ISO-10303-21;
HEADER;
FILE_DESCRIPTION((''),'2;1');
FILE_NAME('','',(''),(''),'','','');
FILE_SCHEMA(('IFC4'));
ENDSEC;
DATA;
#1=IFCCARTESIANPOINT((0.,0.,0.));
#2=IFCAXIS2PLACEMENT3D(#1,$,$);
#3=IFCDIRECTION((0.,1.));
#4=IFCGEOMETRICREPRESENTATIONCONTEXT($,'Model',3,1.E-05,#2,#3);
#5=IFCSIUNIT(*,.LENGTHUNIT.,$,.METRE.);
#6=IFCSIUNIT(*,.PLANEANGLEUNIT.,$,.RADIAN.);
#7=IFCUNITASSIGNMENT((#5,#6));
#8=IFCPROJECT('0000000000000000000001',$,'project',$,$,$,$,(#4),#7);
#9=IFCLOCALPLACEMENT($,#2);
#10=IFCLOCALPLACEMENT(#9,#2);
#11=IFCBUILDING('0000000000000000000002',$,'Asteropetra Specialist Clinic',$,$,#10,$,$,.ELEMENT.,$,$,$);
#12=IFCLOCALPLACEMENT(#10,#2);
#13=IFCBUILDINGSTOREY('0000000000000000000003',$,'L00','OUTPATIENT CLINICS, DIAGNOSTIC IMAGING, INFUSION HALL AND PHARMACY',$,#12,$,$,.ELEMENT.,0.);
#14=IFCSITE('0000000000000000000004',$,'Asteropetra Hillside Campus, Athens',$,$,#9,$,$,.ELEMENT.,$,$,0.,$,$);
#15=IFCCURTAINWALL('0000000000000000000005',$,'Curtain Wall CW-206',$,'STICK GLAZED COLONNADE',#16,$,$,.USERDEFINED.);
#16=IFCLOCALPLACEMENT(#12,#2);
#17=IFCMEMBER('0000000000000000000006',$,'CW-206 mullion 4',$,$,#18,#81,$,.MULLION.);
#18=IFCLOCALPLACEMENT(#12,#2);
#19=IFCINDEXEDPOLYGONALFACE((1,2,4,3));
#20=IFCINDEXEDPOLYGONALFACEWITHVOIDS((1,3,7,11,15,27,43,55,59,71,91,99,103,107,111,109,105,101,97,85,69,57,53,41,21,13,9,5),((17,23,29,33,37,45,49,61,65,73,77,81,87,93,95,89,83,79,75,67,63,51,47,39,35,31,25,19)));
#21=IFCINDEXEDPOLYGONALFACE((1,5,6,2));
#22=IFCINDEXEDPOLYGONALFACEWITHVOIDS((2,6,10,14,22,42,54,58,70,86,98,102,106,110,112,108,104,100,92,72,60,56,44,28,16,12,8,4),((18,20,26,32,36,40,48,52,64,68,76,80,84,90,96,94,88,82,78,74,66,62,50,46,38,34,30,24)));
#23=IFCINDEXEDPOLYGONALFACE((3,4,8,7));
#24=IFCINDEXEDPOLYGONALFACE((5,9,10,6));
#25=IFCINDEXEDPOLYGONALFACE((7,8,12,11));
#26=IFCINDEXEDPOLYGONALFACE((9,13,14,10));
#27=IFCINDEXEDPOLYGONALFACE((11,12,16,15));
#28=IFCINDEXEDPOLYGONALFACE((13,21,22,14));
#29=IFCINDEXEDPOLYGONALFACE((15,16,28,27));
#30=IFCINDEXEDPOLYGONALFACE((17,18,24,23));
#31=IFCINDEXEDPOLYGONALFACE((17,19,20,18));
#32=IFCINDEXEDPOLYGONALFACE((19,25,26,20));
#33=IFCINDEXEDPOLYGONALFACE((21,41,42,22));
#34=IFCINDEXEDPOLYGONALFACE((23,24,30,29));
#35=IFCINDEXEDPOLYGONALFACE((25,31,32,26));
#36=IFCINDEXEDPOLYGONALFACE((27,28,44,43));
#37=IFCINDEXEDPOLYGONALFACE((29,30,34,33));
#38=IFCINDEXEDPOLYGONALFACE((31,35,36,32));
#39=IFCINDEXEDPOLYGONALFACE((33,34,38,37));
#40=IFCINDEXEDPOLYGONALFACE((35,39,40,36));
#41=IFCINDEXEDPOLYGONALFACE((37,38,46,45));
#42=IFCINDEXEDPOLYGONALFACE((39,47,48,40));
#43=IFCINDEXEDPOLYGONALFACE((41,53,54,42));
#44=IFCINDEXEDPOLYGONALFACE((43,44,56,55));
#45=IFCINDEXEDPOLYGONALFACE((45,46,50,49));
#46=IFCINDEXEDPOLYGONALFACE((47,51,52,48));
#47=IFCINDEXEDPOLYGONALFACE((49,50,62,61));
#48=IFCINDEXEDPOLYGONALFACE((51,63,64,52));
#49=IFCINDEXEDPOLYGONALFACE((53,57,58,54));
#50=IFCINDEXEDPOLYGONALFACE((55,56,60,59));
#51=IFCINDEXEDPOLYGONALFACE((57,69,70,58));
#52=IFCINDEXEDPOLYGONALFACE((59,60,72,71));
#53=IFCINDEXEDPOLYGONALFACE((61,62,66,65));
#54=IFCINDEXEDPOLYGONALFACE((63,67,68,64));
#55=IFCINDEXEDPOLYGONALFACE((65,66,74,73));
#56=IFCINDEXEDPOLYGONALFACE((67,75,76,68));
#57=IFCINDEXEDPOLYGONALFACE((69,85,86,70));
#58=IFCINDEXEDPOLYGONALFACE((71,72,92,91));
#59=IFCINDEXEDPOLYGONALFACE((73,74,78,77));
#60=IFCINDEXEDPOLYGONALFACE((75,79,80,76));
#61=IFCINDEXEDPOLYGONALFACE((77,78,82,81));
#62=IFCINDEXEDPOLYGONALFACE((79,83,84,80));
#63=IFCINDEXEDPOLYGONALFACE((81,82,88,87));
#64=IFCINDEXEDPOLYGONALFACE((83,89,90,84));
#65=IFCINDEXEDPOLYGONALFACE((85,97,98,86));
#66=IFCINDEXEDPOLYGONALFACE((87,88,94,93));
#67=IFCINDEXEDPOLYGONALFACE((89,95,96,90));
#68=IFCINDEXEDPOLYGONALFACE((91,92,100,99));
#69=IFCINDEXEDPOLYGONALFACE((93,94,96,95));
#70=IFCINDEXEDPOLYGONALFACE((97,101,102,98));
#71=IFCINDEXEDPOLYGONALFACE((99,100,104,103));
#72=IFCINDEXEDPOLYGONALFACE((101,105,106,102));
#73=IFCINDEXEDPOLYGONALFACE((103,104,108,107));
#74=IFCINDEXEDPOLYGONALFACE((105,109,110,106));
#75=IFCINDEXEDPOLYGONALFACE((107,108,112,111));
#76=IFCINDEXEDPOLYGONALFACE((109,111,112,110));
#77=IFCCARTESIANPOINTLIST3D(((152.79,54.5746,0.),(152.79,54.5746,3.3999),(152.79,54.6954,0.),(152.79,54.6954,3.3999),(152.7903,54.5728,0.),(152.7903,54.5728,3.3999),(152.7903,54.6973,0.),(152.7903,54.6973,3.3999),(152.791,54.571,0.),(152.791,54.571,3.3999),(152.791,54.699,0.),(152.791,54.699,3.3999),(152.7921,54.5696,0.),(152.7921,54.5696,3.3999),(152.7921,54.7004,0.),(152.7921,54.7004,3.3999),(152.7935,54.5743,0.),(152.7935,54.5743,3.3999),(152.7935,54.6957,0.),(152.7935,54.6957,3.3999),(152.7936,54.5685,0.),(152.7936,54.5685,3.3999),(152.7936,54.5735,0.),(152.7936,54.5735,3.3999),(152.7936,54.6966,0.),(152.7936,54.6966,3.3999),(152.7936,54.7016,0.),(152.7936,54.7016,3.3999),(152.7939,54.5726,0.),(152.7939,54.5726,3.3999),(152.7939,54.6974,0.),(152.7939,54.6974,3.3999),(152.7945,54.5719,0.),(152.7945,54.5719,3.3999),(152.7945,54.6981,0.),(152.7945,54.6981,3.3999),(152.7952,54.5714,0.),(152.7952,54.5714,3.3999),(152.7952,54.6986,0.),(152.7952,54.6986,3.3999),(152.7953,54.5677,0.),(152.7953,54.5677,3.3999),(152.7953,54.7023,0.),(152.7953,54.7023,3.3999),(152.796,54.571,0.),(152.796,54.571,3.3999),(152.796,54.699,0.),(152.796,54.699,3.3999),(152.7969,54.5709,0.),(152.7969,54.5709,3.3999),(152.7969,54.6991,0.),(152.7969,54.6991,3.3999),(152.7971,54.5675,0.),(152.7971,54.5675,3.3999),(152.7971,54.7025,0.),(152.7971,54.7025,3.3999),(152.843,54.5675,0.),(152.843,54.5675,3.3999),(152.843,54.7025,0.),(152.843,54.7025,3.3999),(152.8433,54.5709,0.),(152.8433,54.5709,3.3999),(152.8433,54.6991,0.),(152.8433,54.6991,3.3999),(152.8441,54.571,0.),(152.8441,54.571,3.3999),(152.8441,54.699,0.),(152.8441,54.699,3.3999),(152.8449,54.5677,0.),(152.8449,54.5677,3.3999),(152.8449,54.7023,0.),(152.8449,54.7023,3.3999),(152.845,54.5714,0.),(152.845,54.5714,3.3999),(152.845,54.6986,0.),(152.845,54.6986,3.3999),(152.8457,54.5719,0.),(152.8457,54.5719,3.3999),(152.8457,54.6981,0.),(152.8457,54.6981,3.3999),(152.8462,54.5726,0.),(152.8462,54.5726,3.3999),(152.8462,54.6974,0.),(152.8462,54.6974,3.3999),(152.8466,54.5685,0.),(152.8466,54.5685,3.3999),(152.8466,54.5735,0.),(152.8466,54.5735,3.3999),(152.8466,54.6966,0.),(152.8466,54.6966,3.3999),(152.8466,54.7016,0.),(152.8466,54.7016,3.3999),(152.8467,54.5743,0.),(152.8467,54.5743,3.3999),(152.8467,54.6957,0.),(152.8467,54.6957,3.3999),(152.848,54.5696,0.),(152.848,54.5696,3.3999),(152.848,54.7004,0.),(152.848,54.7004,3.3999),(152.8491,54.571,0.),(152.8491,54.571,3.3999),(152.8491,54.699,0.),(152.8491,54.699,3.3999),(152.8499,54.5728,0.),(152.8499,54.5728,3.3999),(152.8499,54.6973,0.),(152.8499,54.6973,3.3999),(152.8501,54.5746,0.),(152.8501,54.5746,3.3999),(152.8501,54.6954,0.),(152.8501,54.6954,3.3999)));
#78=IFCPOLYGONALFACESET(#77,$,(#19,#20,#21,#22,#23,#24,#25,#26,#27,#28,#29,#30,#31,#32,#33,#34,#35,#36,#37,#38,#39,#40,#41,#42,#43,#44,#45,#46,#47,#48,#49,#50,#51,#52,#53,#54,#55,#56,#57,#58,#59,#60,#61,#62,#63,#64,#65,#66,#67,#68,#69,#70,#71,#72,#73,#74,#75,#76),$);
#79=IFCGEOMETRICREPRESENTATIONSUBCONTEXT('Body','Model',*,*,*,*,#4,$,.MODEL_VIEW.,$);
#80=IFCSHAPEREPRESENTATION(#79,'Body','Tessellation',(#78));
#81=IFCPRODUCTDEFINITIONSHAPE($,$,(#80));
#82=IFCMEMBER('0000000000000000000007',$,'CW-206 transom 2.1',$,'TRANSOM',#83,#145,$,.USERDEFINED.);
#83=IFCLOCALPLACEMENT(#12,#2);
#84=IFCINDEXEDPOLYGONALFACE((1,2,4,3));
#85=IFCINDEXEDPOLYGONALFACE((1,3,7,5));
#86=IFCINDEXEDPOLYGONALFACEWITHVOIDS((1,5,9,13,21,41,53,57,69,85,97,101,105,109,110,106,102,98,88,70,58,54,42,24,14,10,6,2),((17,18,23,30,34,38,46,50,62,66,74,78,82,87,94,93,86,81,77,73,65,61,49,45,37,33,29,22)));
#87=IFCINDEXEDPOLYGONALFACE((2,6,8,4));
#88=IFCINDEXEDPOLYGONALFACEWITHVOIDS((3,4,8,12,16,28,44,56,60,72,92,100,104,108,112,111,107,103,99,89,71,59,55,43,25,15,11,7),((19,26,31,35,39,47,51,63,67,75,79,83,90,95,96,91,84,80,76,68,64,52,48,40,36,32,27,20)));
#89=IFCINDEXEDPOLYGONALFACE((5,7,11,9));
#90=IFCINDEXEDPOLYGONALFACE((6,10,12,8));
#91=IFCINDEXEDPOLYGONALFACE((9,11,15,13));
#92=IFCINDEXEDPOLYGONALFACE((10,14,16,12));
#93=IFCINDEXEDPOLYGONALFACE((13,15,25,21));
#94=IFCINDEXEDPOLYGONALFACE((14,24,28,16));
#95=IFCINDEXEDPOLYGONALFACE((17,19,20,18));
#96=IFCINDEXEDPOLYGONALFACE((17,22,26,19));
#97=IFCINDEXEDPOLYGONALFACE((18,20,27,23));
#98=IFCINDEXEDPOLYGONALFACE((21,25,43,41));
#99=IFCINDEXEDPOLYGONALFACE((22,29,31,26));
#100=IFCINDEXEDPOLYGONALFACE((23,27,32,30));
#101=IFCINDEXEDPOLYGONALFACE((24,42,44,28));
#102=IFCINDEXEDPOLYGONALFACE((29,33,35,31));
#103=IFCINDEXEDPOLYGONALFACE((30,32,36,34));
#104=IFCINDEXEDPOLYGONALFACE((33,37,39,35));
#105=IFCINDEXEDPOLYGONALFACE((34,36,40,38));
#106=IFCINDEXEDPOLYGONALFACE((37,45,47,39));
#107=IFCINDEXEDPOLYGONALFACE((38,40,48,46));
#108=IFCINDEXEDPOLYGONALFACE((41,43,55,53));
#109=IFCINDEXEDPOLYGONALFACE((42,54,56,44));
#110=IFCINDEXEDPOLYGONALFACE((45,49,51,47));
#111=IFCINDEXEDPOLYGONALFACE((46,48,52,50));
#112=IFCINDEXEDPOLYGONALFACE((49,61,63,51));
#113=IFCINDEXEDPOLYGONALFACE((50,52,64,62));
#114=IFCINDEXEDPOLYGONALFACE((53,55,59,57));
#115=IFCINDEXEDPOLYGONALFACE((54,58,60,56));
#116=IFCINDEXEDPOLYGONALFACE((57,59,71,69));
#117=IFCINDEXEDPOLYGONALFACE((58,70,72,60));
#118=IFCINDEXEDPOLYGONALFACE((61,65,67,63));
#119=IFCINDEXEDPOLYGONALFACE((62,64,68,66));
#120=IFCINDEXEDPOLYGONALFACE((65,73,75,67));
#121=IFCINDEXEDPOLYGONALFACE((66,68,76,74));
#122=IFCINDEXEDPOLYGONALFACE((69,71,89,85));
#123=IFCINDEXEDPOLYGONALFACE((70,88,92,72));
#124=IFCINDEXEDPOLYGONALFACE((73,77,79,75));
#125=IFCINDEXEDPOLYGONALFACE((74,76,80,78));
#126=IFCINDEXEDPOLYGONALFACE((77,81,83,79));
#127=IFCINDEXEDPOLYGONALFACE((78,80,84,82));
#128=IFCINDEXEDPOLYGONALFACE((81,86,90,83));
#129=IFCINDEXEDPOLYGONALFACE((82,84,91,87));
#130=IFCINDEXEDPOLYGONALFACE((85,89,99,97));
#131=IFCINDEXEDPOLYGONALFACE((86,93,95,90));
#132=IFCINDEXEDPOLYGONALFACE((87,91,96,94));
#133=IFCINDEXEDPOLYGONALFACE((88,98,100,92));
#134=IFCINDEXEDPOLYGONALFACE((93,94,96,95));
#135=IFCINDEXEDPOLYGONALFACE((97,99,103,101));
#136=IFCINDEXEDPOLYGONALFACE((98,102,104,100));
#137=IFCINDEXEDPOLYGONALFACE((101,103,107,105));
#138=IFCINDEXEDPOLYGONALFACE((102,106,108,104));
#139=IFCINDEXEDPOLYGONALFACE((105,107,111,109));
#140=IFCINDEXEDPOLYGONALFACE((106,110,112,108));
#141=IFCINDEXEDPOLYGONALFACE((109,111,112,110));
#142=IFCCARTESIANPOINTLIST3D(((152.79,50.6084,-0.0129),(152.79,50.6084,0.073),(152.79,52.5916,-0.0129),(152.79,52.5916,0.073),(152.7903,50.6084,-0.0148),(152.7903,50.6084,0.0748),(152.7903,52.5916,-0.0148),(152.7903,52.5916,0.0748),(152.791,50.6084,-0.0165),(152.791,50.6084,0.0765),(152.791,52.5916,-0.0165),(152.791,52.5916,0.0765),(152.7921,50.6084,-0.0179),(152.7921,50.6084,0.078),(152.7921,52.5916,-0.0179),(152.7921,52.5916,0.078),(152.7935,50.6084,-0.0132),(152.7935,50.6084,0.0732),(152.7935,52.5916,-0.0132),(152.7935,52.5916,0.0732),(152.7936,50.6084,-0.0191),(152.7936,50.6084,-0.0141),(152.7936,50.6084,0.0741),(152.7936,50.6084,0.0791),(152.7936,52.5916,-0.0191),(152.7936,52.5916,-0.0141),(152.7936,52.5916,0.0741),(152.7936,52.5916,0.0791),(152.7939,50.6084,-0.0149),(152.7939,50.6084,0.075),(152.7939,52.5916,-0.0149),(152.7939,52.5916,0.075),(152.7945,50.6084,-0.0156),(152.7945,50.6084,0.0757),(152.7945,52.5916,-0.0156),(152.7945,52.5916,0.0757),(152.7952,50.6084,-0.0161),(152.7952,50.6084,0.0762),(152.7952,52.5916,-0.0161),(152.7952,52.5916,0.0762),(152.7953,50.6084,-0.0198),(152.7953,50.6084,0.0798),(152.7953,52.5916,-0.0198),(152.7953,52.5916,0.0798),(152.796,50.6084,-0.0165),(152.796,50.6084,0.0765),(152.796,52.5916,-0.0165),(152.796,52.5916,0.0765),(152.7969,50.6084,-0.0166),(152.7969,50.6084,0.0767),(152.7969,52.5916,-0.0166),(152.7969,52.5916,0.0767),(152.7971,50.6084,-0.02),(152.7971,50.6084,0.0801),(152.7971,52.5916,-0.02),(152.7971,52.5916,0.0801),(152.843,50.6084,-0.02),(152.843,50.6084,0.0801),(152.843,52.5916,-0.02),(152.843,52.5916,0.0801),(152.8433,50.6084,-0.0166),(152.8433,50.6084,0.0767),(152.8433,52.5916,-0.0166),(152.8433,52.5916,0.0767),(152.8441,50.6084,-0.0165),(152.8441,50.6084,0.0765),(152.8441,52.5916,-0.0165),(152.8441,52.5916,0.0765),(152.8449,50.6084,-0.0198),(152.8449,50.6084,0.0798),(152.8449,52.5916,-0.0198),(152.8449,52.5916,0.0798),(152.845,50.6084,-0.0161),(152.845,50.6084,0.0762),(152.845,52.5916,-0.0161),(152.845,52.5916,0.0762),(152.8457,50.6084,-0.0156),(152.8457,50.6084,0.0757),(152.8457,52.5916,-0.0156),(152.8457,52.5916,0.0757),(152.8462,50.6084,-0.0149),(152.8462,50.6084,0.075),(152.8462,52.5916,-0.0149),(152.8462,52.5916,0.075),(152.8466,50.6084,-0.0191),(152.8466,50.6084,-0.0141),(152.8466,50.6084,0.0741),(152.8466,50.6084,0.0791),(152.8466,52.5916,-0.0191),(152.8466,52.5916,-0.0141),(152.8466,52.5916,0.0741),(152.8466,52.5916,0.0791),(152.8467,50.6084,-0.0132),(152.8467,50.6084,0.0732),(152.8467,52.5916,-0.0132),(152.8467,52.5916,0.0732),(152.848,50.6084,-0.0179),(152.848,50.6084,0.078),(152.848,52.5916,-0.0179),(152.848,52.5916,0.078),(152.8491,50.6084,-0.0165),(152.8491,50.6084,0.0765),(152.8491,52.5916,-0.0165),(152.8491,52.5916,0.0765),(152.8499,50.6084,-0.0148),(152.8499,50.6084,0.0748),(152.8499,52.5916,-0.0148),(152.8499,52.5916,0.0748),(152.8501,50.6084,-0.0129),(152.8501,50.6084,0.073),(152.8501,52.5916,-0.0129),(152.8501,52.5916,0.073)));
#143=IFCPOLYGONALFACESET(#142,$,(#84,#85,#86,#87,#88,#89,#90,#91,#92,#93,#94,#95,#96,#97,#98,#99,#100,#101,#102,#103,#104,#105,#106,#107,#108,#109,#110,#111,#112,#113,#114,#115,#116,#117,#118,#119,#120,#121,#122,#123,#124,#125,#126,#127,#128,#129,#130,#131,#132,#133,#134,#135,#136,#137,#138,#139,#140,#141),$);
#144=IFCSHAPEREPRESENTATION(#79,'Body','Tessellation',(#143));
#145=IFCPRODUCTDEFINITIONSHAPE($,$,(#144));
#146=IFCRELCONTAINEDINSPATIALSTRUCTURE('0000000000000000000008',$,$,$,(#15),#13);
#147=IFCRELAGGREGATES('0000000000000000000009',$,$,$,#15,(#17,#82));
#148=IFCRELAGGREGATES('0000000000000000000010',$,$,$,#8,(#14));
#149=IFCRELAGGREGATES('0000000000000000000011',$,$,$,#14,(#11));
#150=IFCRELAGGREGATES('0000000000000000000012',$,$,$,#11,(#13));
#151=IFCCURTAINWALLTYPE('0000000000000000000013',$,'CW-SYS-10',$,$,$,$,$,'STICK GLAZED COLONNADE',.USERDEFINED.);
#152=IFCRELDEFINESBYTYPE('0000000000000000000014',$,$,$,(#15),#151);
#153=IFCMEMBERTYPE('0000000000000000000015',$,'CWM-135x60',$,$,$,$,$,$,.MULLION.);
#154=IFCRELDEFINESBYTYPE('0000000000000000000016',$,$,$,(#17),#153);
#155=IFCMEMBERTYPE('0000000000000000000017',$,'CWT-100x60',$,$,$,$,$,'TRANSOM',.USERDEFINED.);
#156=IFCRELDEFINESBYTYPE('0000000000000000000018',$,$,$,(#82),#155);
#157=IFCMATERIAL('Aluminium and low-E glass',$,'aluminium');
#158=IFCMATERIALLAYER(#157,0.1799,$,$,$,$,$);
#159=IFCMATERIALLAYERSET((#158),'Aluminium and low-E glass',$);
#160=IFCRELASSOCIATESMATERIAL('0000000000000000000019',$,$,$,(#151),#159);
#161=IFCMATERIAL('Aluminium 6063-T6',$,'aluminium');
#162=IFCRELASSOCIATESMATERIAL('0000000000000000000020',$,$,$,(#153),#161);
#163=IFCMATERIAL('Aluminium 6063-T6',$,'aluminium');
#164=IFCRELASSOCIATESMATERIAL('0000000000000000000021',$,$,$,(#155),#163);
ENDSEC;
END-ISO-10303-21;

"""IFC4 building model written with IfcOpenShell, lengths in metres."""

from ifc_helpers import new_model, si_unit, direction, frame, origin, origin_2d, place, context, subcontext, project, spatial, hollow_rectangle, extrude, material, layer, layer_set, material_profile, profile_set, type_object, element, aggregate, save


model = new_model("IFC4")

# Units and contexts
model_context = context("Model", 3, precision=1e-05, world=origin(), true_north=direction((0.0, 1.0)))
body_context = subcontext(model_context, "Body", "Model", "MODEL_VIEW")
ifc_project = project(units=[si_unit("LENGTHUNIT", "METRE"), si_unit("PLANEANGLEUNIT", "RADIAN")], contexts=[model_context])

# Site, building, storey
site_placement = place(None, origin())
site = spatial("IfcSite", under=ifc_project, at=site_placement, Name="Asteropetra Hillside Campus, Athens", CompositionType="ELEMENT", RefElevation=0.0)
building_placement = place(site_placement, origin())
building = spatial("IfcBuilding", under=site, at=building_placement, Name="Asteropetra Specialist Clinic", CompositionType="ELEMENT")
storey_placement = place(building_placement, origin())
storey = spatial("IfcBuildingStorey", under=building, at=storey_placement, Name="L00", Description="OUTPATIENT CLINICS, DIAGNOSTIC IMAGING, INFUSION HALL AND PHARMACY", CompositionType="ELEMENT", Elevation=0.0)

# Curtain wall, members
ifc_material_1 = material(Name="Aluminium and low-E glass", Category="aluminium")
ifc_layer_1 = layer(ifc_material_1, 0.1799)
ifc_layer_set_1 = layer_set([ifc_layer_1], Name="Aluminium and low-E glass")
curtain_wall_type = type_object("IfcCurtainWallType", Name="CW-SYS-10", ElementType="STICK GLAZED COLONNADE", PredefinedType="USERDEFINED", material=ifc_layer_set_1)
curtain_wall_placement = place(storey_placement, origin())
curtain_wall = element("IfcCurtainWall", 1, at=curtain_wall_placement, inside=storey, type_object=curtain_wall_type, Name="Curtain Wall CW-206", ObjectType="STICK GLAZED COLONNADE", PredefinedType="USERDEFINED")
ifc_material_2 = material(Name="Aluminium 6063-T6", Category="aluminium")
ifc_material_profile_1 = material_profile(ifc_material_2, hollow_rectangle(XDim=0.0601, YDim=0.135, WallThickness=0.0034, InnerFilletRadius=0.0034, OuterFilletRadius=0.0071, at=origin_2d()), Name="MUL 135x60x3.5")
ifc_profile_set_1 = profile_set([ifc_material_profile_1], Name="Aluminium 6063-T6")
member_type_1 = type_object("IfcMemberType", Name="CWM-135x60", PredefinedType="MULLION", material=ifc_profile_set_1)
member_1_placement = place(storey_placement, frame((152.8201, 54.635, 0.0), z_axis=(0.0, 0.0, 1.0), x_axis=(-1.0, 0.0, 0.0)))
member_1 = element("IfcMember", 2, at=member_1_placement, type_object=member_type_1, Name="CW-206 mullion 4", PredefinedType="MULLION", context=body_context, shape_type="SweptSolid", body=[
    extrude(hollow_rectangle(XDim=0.0601, YDim=0.135, WallThickness=0.0034, InnerFilletRadius=0.0034, OuterFilletRadius=0.0071, at=origin_2d()), origin(), (0.0, 0.0, 1.0), 3.3999),
])
ifc_material_3 = material(Name="Aluminium 6063-T6", Category="aluminium")
ifc_material_profile_2 = material_profile(ifc_material_3, hollow_rectangle(XDim=0.0601, YDim=0.1001, WallThickness=0.0034, InnerFilletRadius=0.0034, OuterFilletRadius=0.0071, at=origin_2d()), Name="TRN 100x60x3.5")
ifc_profile_set_2 = profile_set([ifc_material_profile_2], Name="Aluminium 6063-T6")
member_type_2 = type_object("IfcMemberType", Name="CWT-100x60", ElementType="TRANSOM", PredefinedType="USERDEFINED", material=ifc_profile_set_2)
member_2_placement = place(storey_placement, frame((152.8201, 50.6084, 0.03), z_axis=(0.0, 1.0, 0.0), x_axis=(-1.0, 0.0, 0.0)))
member_2 = element("IfcMember", 3, at=member_2_placement, type_object=member_type_2, Name="CW-206 transom 2.1", ObjectType="TRANSOM", PredefinedType="USERDEFINED", context=body_context, shape_type="SweptSolid", body=[
    extrude(hollow_rectangle(XDim=0.0601, YDim=0.1001, WallThickness=0.0034, InnerFilletRadius=0.0034, OuterFilletRadius=0.0071, at=origin_2d()), origin(), (0.0, 0.0, 1.0), 1.9832),
])
aggregate(curtain_wall, [member_1, member_2])

save(model, "model.ifc")
